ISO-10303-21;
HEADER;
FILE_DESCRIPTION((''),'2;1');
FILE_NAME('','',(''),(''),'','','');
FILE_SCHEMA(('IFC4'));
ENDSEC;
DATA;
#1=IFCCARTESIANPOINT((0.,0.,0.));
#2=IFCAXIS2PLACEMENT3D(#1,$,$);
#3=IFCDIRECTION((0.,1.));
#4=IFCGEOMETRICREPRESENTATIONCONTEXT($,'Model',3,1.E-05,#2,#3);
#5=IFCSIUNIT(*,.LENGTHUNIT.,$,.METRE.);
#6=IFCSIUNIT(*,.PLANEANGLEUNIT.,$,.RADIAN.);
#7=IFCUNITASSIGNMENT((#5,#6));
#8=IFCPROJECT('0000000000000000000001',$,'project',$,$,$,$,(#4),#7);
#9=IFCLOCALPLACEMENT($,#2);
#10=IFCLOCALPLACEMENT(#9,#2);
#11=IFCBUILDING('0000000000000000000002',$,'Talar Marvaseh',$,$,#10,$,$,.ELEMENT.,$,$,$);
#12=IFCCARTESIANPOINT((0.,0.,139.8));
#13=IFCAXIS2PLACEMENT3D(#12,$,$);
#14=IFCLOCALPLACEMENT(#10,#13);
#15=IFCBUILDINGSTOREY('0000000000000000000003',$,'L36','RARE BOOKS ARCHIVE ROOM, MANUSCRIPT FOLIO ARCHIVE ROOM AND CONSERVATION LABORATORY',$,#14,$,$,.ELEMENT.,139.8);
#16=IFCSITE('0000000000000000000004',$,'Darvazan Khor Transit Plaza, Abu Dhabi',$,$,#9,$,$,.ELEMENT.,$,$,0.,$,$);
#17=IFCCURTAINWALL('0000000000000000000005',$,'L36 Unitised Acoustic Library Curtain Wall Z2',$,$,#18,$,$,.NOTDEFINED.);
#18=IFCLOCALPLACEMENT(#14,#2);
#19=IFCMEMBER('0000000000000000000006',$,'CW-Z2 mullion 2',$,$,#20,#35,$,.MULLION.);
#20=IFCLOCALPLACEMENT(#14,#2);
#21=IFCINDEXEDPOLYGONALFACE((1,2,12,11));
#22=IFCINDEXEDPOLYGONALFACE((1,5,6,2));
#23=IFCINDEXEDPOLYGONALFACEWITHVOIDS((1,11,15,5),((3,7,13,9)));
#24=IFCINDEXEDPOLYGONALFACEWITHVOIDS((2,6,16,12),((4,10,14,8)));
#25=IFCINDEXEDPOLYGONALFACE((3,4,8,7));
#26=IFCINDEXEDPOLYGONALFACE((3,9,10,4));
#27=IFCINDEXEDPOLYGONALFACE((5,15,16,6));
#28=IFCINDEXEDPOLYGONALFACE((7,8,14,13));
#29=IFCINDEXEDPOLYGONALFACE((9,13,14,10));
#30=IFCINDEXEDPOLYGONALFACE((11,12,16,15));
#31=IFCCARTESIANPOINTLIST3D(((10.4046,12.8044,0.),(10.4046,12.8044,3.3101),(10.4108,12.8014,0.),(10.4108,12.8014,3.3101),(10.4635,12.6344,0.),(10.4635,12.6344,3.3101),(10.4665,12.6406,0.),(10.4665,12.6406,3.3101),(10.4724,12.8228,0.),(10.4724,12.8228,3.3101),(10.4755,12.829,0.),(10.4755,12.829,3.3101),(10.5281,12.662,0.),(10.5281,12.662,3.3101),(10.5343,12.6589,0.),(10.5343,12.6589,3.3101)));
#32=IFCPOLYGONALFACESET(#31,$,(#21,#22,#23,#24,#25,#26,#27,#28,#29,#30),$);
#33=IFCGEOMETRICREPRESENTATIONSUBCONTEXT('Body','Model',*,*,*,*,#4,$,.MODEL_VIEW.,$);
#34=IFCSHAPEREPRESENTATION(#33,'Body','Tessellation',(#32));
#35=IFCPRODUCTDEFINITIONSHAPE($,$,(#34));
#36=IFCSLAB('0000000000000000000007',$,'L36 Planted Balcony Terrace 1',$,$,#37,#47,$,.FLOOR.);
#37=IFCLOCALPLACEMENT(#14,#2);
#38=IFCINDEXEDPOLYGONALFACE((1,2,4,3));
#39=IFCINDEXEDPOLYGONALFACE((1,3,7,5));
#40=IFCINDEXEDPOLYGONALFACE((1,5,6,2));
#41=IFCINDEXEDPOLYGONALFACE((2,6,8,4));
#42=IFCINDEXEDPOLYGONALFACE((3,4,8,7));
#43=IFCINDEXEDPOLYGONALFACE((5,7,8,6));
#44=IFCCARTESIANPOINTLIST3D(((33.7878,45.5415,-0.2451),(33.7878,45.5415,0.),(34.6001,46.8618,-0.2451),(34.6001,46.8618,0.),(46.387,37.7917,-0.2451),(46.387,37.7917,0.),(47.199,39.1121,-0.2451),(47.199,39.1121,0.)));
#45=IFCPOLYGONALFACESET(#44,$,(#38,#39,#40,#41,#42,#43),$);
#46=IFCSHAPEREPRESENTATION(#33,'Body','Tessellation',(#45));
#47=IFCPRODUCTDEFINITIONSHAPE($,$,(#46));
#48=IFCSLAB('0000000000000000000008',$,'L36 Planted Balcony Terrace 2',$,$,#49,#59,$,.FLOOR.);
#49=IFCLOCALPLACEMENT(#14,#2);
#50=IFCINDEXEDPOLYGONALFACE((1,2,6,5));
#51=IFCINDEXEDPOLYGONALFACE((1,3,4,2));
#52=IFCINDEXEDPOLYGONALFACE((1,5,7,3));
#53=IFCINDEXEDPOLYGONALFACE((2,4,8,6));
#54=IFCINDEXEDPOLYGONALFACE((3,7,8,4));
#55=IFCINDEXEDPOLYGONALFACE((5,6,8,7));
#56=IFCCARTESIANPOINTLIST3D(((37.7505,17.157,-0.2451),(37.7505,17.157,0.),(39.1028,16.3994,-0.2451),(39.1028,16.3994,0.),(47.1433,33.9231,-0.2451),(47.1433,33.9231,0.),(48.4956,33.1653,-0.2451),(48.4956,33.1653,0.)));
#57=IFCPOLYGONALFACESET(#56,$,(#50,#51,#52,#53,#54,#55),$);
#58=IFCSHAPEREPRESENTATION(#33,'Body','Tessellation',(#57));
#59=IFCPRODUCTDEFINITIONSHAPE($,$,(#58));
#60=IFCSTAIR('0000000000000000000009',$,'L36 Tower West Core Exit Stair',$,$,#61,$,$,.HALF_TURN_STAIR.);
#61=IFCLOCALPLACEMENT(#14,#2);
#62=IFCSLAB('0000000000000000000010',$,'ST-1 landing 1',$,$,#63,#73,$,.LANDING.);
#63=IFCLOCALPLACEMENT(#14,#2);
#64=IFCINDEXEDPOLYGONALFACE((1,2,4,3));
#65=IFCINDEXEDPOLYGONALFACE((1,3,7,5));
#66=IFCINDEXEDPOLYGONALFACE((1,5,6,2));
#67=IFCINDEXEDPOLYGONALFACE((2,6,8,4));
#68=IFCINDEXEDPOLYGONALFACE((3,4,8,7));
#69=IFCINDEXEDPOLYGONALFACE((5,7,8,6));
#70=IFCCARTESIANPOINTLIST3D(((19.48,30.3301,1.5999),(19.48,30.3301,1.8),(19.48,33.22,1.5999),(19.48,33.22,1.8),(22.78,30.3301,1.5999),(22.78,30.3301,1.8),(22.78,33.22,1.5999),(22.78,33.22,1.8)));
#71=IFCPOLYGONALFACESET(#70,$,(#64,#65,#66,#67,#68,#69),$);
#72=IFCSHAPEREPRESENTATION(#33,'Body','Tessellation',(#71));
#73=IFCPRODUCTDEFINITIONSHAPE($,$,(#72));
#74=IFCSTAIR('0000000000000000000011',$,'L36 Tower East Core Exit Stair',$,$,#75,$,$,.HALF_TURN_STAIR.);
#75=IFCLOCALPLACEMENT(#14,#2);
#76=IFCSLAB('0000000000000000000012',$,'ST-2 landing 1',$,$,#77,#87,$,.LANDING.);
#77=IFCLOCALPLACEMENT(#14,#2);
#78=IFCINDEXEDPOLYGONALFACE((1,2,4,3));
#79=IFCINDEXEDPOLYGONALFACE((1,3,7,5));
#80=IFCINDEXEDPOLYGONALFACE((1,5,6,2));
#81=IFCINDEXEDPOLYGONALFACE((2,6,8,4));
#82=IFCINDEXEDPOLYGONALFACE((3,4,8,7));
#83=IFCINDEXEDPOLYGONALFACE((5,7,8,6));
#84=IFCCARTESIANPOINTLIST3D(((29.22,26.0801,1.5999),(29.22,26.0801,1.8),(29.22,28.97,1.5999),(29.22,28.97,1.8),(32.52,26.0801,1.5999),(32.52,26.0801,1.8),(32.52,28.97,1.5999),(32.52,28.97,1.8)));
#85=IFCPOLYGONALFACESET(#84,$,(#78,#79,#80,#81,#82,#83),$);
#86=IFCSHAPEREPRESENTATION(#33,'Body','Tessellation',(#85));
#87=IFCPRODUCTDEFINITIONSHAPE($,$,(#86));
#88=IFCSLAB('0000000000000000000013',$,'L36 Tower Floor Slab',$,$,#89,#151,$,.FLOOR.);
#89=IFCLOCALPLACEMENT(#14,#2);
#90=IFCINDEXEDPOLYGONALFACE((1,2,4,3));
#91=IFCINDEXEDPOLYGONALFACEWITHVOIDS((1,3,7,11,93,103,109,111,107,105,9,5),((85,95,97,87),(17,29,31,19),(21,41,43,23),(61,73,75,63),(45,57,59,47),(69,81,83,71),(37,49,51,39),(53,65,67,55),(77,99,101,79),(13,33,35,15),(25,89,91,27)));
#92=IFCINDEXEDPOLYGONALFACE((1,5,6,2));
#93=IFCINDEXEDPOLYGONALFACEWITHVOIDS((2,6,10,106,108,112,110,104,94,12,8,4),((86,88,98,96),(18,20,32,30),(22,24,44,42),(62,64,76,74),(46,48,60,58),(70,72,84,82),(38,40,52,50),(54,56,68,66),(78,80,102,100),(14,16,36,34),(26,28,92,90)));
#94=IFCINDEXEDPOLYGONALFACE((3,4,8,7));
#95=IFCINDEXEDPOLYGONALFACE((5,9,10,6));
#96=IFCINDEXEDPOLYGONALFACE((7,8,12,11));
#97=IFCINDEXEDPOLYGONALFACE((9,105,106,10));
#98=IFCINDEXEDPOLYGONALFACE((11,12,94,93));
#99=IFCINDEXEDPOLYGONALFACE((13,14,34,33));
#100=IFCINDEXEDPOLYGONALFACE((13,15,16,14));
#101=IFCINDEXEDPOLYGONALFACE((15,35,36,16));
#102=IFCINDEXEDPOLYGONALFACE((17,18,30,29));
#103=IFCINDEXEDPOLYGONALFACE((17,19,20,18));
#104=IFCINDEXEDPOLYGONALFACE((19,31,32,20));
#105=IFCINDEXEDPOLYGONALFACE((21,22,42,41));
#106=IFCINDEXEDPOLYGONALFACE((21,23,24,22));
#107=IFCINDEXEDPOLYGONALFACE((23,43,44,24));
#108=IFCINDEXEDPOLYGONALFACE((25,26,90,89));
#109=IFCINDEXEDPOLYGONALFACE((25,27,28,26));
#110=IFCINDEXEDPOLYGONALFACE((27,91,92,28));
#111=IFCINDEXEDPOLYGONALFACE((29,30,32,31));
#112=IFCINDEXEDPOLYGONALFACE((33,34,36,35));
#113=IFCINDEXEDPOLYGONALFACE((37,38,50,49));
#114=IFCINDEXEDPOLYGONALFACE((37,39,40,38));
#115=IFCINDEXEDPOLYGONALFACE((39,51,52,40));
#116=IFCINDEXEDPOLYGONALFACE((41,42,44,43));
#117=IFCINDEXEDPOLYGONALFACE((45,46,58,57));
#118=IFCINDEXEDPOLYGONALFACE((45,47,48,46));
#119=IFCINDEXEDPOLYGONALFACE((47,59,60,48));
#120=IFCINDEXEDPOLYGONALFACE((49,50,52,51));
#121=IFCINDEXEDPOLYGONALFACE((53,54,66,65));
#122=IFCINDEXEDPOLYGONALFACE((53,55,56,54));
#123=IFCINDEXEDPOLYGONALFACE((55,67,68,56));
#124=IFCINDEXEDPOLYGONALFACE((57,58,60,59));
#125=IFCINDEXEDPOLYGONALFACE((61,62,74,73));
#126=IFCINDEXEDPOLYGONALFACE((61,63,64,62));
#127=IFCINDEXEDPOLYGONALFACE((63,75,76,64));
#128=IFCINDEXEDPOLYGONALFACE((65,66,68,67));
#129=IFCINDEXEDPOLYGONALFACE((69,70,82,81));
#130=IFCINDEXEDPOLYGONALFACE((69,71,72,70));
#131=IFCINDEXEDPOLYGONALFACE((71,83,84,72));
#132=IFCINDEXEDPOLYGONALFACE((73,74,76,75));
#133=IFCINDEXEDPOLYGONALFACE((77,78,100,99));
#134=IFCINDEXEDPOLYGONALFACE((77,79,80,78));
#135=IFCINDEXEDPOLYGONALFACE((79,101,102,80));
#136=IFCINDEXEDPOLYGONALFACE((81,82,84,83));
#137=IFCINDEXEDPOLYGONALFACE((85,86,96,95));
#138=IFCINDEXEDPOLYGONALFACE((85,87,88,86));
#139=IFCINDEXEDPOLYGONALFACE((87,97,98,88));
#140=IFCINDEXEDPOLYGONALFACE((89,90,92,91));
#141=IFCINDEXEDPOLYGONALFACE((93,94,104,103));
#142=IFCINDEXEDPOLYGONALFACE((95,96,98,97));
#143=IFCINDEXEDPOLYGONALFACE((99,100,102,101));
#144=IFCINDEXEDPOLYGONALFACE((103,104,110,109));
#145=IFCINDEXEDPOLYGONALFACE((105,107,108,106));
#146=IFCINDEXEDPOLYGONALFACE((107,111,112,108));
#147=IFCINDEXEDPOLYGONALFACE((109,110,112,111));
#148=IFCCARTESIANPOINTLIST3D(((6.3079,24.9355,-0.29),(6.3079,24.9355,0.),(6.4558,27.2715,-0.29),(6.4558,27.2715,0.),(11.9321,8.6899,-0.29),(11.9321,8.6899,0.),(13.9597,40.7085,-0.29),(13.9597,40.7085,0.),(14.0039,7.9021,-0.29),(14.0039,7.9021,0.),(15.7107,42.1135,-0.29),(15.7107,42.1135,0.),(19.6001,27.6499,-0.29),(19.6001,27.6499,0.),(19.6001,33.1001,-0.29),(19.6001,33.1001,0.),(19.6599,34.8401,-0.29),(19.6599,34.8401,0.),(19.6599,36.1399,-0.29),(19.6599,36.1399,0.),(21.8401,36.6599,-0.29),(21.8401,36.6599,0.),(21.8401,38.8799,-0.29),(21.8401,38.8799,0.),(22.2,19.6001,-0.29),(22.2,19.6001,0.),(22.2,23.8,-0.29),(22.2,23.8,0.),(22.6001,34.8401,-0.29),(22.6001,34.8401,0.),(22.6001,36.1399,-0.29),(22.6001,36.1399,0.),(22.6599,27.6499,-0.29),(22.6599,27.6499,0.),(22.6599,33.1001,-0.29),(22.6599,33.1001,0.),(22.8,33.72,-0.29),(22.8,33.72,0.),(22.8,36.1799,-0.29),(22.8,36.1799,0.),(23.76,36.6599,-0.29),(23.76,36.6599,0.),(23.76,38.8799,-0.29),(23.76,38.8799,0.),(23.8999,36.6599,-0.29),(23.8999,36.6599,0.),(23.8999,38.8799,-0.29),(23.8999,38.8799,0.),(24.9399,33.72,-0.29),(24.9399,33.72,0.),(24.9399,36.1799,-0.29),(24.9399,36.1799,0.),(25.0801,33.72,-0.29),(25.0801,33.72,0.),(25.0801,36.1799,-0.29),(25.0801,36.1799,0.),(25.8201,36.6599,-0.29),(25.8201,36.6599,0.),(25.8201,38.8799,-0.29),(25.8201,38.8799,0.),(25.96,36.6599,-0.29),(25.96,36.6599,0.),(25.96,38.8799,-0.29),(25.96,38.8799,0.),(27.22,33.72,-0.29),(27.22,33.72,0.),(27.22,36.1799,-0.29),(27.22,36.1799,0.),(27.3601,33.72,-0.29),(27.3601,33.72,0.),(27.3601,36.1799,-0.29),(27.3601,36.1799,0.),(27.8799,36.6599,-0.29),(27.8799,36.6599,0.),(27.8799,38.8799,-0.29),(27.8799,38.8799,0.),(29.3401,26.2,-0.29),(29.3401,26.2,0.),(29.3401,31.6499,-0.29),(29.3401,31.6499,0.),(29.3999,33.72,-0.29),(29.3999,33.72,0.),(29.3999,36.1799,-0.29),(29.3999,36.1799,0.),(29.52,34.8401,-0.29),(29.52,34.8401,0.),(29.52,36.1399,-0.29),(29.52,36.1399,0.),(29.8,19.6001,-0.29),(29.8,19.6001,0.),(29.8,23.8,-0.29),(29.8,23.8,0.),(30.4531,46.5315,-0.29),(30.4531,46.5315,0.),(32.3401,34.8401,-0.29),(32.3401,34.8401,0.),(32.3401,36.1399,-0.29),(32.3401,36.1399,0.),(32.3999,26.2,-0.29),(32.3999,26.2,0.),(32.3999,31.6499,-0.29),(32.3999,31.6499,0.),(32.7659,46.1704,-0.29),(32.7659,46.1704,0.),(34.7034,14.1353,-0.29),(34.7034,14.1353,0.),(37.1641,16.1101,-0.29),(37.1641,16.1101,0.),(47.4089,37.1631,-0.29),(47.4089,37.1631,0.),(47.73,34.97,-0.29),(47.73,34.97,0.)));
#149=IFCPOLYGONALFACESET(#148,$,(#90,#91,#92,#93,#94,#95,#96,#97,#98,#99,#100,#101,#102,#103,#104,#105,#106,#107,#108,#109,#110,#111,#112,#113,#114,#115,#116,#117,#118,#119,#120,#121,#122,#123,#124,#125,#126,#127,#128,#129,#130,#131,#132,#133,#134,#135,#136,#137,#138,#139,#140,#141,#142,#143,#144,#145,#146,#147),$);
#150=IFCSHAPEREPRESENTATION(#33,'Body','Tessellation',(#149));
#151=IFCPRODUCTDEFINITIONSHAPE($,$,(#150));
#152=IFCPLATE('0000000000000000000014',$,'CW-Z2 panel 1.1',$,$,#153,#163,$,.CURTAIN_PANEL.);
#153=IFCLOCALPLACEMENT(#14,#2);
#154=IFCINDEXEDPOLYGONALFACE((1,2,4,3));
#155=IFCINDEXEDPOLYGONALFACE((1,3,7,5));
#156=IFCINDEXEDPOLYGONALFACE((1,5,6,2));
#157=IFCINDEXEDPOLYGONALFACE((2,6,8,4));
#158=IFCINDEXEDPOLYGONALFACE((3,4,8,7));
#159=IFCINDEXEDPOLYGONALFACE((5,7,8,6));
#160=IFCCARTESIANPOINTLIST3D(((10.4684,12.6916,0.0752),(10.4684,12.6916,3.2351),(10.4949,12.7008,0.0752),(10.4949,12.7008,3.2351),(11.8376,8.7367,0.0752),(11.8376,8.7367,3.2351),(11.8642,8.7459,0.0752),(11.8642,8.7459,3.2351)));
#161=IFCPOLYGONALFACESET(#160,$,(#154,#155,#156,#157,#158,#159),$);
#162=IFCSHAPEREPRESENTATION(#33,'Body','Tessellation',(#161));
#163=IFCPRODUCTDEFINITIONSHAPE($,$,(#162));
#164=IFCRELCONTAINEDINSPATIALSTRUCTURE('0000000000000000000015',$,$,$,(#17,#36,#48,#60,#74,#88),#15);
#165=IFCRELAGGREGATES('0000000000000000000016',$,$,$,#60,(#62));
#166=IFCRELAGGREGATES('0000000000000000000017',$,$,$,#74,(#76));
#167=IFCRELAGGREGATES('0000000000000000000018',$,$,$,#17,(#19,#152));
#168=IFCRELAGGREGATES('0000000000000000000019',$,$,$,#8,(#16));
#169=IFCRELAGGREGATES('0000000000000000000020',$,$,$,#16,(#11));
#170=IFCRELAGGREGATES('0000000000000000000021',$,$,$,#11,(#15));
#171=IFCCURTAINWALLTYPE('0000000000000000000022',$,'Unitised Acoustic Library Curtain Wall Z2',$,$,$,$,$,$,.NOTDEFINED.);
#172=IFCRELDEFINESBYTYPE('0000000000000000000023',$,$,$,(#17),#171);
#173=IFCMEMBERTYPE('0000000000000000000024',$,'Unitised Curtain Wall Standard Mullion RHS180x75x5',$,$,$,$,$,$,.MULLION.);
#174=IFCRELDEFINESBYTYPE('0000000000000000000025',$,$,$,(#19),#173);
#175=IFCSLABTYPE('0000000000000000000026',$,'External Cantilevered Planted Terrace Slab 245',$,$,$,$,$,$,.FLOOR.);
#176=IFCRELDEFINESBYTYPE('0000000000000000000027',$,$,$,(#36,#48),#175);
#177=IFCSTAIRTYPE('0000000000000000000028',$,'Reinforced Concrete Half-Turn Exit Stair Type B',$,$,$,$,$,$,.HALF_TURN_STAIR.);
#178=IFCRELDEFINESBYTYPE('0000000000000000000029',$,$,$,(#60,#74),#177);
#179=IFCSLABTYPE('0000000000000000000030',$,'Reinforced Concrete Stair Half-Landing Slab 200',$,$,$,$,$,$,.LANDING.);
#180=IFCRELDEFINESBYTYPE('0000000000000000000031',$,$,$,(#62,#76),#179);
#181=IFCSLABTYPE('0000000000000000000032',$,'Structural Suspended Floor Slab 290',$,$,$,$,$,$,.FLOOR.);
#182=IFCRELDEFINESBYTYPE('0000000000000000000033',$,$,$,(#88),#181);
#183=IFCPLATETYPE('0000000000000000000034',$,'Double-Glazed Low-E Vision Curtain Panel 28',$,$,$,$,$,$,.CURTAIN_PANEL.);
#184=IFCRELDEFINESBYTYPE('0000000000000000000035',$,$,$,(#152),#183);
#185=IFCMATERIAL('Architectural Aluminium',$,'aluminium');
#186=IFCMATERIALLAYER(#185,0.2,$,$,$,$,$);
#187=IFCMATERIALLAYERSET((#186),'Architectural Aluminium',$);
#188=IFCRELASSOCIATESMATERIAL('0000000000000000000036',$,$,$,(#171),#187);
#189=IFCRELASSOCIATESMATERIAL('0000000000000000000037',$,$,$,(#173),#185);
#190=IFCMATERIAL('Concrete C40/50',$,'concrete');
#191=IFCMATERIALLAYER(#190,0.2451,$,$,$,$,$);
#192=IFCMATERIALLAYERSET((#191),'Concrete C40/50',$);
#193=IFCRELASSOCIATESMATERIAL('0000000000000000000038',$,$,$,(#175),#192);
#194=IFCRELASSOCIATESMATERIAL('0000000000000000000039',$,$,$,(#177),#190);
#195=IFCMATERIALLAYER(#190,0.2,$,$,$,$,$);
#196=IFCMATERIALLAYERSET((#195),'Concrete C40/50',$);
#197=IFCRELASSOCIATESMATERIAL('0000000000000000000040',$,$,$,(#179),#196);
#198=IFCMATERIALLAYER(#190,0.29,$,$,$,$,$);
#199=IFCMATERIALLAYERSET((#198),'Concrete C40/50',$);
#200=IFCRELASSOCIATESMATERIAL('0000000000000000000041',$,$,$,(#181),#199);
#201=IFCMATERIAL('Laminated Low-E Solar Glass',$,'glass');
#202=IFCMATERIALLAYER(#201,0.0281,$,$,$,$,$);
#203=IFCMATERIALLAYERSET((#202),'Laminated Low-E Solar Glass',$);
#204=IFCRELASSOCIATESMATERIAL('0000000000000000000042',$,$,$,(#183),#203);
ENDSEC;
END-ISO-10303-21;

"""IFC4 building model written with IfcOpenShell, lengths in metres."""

from ifc_helpers import new_model, si_unit, direction, frame, origin, origin_2d, place, context, subcontext, project, spatial, polyline, rectangle, hollow_rectangle, outline, extrude, source, transform, mapped, material, layer, layer_set, material_profile, profile_set, type_object, type_shapes, element, aggregate, save


model = new_model("IFC4")

# Units and contexts
model_context = context("Model", 3, precision=1e-05, world=origin(), true_north=direction((0.0, 1.0)))
body_context = subcontext(model_context, "Body", "Model", "MODEL_VIEW")
ifc_project = project(units=[si_unit("LENGTHUNIT", "METRE"), si_unit("PLANEANGLEUNIT", "RADIAN")], contexts=[model_context])

# Site, building, storey
site_placement = place(None, origin())
site = spatial("IfcSite", under=ifc_project, at=site_placement, Name="Darvazan Khor Transit Plaza, Abu Dhabi", CompositionType="ELEMENT", RefElevation=0.0)
building_placement = place(site_placement, origin())
building = spatial("IfcBuilding", under=site, at=building_placement, Name="Talar Marvaseh", CompositionType="ELEMENT")
storey_placement = place(building_placement, frame((0.0, 0.0, 139.8)))
storey = spatial("IfcBuildingStorey", under=building, at=storey_placement, Name="L36", Description="RARE BOOKS ARCHIVE ROOM, MANUSCRIPT FOLIO ARCHIVE ROOM AND CONSERVATION LABORATORY", CompositionType="ELEMENT", Elevation=139.8)

# Curtain wall, member
ifc_material_1 = material(Name="Architectural Aluminium", Category="aluminium")
ifc_layer_1 = layer(ifc_material_1, 0.2)
ifc_layer_set_1 = layer_set([ifc_layer_1], Name="Architectural Aluminium")
curtain_wall_type = type_object("IfcCurtainWallType", Name="Unitised Acoustic Library Curtain Wall Z2", PredefinedType="NOTDEFINED", material=ifc_layer_set_1)
curtain_wall_placement = place(storey_placement, origin())
curtain_wall = element("IfcCurtainWall", 1, at=curtain_wall_placement, inside=storey, type_object=curtain_wall_type, Name="L36 Unitised Acoustic Library Curtain Wall Z2", PredefinedType="NOTDEFINED")
ifc_material_profile = material_profile(ifc_material_1, hollow_rectangle(XDim=0.075, YDim=0.1799, WallThickness=0.0049, at=origin_2d()), Name="RHS180x75x5")
ifc_profile_set = profile_set([ifc_material_profile], Name="Architectural Aluminium")
member_type = type_object("IfcMemberType", Name="Unitised Curtain Wall Standard Mullion RHS180x75x5", PredefinedType="MULLION", material=ifc_profile_set)
shared_shape_1 = source(origin(), body_context, "Body", "SweptSolid", [
    extrude(hollow_rectangle(XDim=0.075, YDim=0.1799, WallThickness=0.0049, at=origin_2d()), origin(), (0.0, 0.0, 1.0), 3.3101),
])
type_shapes(member_type, [shared_shape_1])
member_placement = place(storey_placement, frame((10.4695, 12.7317, 0.0), z_axis=(0.0, 0.0, 1.0), x_axis=(-0.944969, -0.32716, 0.0)))
member = element("IfcMember", 2, at=member_placement, type_object=member_type, Name="CW-Z2 mullion 2", PredefinedType="MULLION", context=body_context, shape_type="MappedRepresentation", body=[
    mapped(shared_shape_1, transform((0.0, 0.0, 0.0), x_axis=(1.0, 0.0, 0.0), y_axis=(0.0, 1.0, 0.0), z_axis=(0.0, 0.0, 1.0), scale=1.0)),
])

# Slabs
ifc_material_2 = material(Name="Concrete C40/50", Category="concrete")
ifc_layer_2 = layer(ifc_material_2, 0.2451)
ifc_layer_set_2 = layer_set([ifc_layer_2], Name="Concrete C40/50")
slab_type_1 = type_object("IfcSlabType", Name="External Cantilevered Planted Terrace Slab 245", PredefinedType="FLOOR", material=ifc_layer_set_2)
slab_1_placement = place(storey_placement, frame((0.0, 0.0, -0.2451)))
element("IfcSlab", 3, at=slab_1_placement, inside=storey, type_object=slab_type_1, Name="L36 Planted Balcony Terrace 1", PredefinedType="FLOOR", context=body_context, shape_type="SweptSolid", body=[
    extrude(outline(polyline([(33.7878, 45.5415), (46.387, 37.7917), (47.199, 39.1121), (34.6001, 46.8618), (33.7878, 45.5415)])), origin(), (0.0, 0.0, 1.0), 0.2451),
])
slab_2_placement = place(storey_placement, frame((0.0, 0.0, -0.2451)))
element("IfcSlab", 4, at=slab_2_placement, inside=storey, type_object=slab_type_1, Name="L36 Planted Balcony Terrace 2", PredefinedType="FLOOR", context=body_context, shape_type="SweptSolid", body=[
    extrude(outline(polyline([(47.1433, 33.9231), (37.7505, 17.157), (39.1028, 16.3994), (48.4956, 33.1653), (47.1433, 33.9231)])), origin(), (0.0, 0.0, 1.0), 0.2451),
])

# Stairs, slabs
stair_type = type_object("IfcStairType", Name="Reinforced Concrete Half-Turn Exit Stair Type B", PredefinedType="HALF_TURN_STAIR", material=ifc_material_2)
stair_1_placement = place(storey_placement, origin())
stair_1 = element("IfcStair", 5, at=stair_1_placement, inside=storey, type_object=stair_type, Name="L36 Tower West Core Exit Stair", PredefinedType="HALF_TURN_STAIR")
ifc_layer_3 = layer(ifc_material_2, 0.2)
ifc_layer_set_3 = layer_set([ifc_layer_3], Name="Concrete C40/50")
slab_type_2 = type_object("IfcSlabType", Name="Reinforced Concrete Stair Half-Landing Slab 200", PredefinedType="LANDING", material=ifc_layer_set_3)
slab_3_placement = place(storey_placement, frame((0.0, 0.0, 1.5999)))
slab_3 = element("IfcSlab", 6, at=slab_3_placement, type_object=slab_type_2, Name="ST-1 landing 1", PredefinedType="LANDING", context=body_context, shape_type="SweptSolid", body=[
    extrude(outline(polyline([(22.78, 30.3301), (22.78, 33.22), (19.48, 33.22), (19.48, 30.3301), (22.78, 30.3301)])), origin(), (0.0, 0.0, 1.0), 0.2002),
])
aggregate(stair_1, [slab_3])
stair_2_placement = place(storey_placement, origin())
stair_2 = element("IfcStair", 7, at=stair_2_placement, inside=storey, type_object=stair_type, Name="L36 Tower East Core Exit Stair", PredefinedType="HALF_TURN_STAIR")
slab_4_placement = place(storey_placement, frame((0.0, 0.0, 1.5999)))
slab_4 = element("IfcSlab", 8, at=slab_4_placement, type_object=slab_type_2, Name="ST-2 landing 1", PredefinedType="LANDING", context=body_context, shape_type="SweptSolid", body=[
    extrude(outline(polyline([(29.22, 28.97), (29.22, 26.0801), (32.52, 26.0801), (32.52, 28.97), (29.22, 28.97)])), origin(), (0.0, 0.0, 1.0), 0.2002),
])
aggregate(stair_2, [slab_4])

# Slab
ifc_layer_4 = layer(ifc_material_2, 0.29)
ifc_layer_set_4 = layer_set([ifc_layer_4], Name="Concrete C40/50")
slab_type_3 = type_object("IfcSlabType", Name="Structural Suspended Floor Slab 290", PredefinedType="FLOOR", material=ifc_layer_set_4)
slab_5_placement = place(storey_placement, frame((0.0, 0.0, -0.29)))
element("IfcSlab", 9, at=slab_5_placement, inside=storey, type_object=slab_type_3, Name="L36 Tower Floor Slab", PredefinedType="FLOOR", context=body_context, shape_type="SweptSolid", body=[
    extrude(outline(polyline([(14.0039, 7.9021), (11.9321, 8.6899), (6.3079, 24.9355), (6.4558, 27.2715), (13.9597, 40.7085), (15.7107, 42.1135), (30.4531, 46.5315), (32.7659, 46.1704), (47.4089, 37.1631), (47.73, 34.97), (37.1641, 16.1101), (34.7034, 14.1353), (14.0039, 7.9021)]), holes=[polyline([(22.6599, 27.6499), (22.6599, 33.1001), (19.6001, 33.1001), (19.6001, 27.6499), (22.6599, 27.6499)]), polyline([(29.3401, 31.6499), (29.3401, 26.2), (32.3999, 26.2), (32.3999, 31.6499), (29.3401, 31.6499)]), polyline([(22.8, 33.72), (24.9399, 33.72), (24.9399, 36.1799), (22.8, 36.1799), (22.8, 33.72)]), polyline([(25.0801, 33.72), (27.22, 33.72), (27.22, 36.1799), (25.0801, 36.1799), (25.0801, 33.72)]), polyline([(27.3601, 33.72), (29.3999, 33.72), (29.3999, 36.1799), (27.3601, 36.1799), (27.3601, 33.72)]), polyline([(21.8401, 36.6599), (23.76, 36.6599), (23.76, 38.8799), (21.8401, 38.8799), (21.8401, 36.6599)]), polyline([(23.8999, 36.6599), (25.8201, 36.6599), (25.8201, 38.8799), (23.8999, 38.8799), (23.8999, 36.6599)]), polyline([(25.96, 36.6599), (27.8799, 36.6599), (27.8799, 38.8799), (25.96, 38.8799), (25.96, 36.6599)]), polyline([(19.6599, 34.8401), (22.6001, 34.8401), (22.6001, 36.1399), (19.6599, 36.1399), (19.6599, 34.8401)]), polyline([(29.52, 34.8401), (32.3401, 34.8401), (32.3401, 36.1399), (29.52, 36.1399), (29.52, 34.8401)]), polyline([(22.2, 19.6001), (29.8, 19.6001), (29.8, 23.8), (22.2, 23.8), (22.2, 19.6001)])]), origin(), (0.0, 0.0, 1.0), 0.29),
])

# Plate
ifc_material_3 = material(Name="Laminated Low-E Solar Glass", Category="glass")
ifc_layer_5 = layer(ifc_material_3, 0.0281)
ifc_layer_set_5 = layer_set([ifc_layer_5], Name="Laminated Low-E Solar Glass")
plate_type = type_object("IfcPlateType", Name="Double-Glazed Low-E Vision Curtain Panel 28", PredefinedType="CURTAIN_PANEL", material=ifc_layer_set_5)
shared_shape_2 = source(origin(), body_context, "Body", "SweptSolid", [
    extrude(rectangle(XDim=4.1853, YDim=0.0281, at=origin_2d()), origin(), (0.0, 0.0, 1.0), 3.1599),
])
type_shapes(plate_type, [shared_shape_2])
plate_placement = place(storey_placement, frame((11.1663, 10.7188, 0.0752), z_axis=(0.0, 0.0, 1.0), x_axis=(-0.32716, 0.944969, 0.0)))
plate = element("IfcPlate", 10, at=plate_placement, type_object=plate_type, Name="CW-Z2 panel 1.1", PredefinedType="CURTAIN_PANEL", context=body_context, shape_type="MappedRepresentation", body=[
    mapped(shared_shape_2, transform((0.0, 0.0, 0.0), x_axis=(1.0, 0.0, 0.0), y_axis=(0.0, 1.0, 0.0), z_axis=(0.0, 0.0, 1.0), scale=1.0)),
])
aggregate(curtain_wall, [member, plate])

save(model, "model.ifc")
